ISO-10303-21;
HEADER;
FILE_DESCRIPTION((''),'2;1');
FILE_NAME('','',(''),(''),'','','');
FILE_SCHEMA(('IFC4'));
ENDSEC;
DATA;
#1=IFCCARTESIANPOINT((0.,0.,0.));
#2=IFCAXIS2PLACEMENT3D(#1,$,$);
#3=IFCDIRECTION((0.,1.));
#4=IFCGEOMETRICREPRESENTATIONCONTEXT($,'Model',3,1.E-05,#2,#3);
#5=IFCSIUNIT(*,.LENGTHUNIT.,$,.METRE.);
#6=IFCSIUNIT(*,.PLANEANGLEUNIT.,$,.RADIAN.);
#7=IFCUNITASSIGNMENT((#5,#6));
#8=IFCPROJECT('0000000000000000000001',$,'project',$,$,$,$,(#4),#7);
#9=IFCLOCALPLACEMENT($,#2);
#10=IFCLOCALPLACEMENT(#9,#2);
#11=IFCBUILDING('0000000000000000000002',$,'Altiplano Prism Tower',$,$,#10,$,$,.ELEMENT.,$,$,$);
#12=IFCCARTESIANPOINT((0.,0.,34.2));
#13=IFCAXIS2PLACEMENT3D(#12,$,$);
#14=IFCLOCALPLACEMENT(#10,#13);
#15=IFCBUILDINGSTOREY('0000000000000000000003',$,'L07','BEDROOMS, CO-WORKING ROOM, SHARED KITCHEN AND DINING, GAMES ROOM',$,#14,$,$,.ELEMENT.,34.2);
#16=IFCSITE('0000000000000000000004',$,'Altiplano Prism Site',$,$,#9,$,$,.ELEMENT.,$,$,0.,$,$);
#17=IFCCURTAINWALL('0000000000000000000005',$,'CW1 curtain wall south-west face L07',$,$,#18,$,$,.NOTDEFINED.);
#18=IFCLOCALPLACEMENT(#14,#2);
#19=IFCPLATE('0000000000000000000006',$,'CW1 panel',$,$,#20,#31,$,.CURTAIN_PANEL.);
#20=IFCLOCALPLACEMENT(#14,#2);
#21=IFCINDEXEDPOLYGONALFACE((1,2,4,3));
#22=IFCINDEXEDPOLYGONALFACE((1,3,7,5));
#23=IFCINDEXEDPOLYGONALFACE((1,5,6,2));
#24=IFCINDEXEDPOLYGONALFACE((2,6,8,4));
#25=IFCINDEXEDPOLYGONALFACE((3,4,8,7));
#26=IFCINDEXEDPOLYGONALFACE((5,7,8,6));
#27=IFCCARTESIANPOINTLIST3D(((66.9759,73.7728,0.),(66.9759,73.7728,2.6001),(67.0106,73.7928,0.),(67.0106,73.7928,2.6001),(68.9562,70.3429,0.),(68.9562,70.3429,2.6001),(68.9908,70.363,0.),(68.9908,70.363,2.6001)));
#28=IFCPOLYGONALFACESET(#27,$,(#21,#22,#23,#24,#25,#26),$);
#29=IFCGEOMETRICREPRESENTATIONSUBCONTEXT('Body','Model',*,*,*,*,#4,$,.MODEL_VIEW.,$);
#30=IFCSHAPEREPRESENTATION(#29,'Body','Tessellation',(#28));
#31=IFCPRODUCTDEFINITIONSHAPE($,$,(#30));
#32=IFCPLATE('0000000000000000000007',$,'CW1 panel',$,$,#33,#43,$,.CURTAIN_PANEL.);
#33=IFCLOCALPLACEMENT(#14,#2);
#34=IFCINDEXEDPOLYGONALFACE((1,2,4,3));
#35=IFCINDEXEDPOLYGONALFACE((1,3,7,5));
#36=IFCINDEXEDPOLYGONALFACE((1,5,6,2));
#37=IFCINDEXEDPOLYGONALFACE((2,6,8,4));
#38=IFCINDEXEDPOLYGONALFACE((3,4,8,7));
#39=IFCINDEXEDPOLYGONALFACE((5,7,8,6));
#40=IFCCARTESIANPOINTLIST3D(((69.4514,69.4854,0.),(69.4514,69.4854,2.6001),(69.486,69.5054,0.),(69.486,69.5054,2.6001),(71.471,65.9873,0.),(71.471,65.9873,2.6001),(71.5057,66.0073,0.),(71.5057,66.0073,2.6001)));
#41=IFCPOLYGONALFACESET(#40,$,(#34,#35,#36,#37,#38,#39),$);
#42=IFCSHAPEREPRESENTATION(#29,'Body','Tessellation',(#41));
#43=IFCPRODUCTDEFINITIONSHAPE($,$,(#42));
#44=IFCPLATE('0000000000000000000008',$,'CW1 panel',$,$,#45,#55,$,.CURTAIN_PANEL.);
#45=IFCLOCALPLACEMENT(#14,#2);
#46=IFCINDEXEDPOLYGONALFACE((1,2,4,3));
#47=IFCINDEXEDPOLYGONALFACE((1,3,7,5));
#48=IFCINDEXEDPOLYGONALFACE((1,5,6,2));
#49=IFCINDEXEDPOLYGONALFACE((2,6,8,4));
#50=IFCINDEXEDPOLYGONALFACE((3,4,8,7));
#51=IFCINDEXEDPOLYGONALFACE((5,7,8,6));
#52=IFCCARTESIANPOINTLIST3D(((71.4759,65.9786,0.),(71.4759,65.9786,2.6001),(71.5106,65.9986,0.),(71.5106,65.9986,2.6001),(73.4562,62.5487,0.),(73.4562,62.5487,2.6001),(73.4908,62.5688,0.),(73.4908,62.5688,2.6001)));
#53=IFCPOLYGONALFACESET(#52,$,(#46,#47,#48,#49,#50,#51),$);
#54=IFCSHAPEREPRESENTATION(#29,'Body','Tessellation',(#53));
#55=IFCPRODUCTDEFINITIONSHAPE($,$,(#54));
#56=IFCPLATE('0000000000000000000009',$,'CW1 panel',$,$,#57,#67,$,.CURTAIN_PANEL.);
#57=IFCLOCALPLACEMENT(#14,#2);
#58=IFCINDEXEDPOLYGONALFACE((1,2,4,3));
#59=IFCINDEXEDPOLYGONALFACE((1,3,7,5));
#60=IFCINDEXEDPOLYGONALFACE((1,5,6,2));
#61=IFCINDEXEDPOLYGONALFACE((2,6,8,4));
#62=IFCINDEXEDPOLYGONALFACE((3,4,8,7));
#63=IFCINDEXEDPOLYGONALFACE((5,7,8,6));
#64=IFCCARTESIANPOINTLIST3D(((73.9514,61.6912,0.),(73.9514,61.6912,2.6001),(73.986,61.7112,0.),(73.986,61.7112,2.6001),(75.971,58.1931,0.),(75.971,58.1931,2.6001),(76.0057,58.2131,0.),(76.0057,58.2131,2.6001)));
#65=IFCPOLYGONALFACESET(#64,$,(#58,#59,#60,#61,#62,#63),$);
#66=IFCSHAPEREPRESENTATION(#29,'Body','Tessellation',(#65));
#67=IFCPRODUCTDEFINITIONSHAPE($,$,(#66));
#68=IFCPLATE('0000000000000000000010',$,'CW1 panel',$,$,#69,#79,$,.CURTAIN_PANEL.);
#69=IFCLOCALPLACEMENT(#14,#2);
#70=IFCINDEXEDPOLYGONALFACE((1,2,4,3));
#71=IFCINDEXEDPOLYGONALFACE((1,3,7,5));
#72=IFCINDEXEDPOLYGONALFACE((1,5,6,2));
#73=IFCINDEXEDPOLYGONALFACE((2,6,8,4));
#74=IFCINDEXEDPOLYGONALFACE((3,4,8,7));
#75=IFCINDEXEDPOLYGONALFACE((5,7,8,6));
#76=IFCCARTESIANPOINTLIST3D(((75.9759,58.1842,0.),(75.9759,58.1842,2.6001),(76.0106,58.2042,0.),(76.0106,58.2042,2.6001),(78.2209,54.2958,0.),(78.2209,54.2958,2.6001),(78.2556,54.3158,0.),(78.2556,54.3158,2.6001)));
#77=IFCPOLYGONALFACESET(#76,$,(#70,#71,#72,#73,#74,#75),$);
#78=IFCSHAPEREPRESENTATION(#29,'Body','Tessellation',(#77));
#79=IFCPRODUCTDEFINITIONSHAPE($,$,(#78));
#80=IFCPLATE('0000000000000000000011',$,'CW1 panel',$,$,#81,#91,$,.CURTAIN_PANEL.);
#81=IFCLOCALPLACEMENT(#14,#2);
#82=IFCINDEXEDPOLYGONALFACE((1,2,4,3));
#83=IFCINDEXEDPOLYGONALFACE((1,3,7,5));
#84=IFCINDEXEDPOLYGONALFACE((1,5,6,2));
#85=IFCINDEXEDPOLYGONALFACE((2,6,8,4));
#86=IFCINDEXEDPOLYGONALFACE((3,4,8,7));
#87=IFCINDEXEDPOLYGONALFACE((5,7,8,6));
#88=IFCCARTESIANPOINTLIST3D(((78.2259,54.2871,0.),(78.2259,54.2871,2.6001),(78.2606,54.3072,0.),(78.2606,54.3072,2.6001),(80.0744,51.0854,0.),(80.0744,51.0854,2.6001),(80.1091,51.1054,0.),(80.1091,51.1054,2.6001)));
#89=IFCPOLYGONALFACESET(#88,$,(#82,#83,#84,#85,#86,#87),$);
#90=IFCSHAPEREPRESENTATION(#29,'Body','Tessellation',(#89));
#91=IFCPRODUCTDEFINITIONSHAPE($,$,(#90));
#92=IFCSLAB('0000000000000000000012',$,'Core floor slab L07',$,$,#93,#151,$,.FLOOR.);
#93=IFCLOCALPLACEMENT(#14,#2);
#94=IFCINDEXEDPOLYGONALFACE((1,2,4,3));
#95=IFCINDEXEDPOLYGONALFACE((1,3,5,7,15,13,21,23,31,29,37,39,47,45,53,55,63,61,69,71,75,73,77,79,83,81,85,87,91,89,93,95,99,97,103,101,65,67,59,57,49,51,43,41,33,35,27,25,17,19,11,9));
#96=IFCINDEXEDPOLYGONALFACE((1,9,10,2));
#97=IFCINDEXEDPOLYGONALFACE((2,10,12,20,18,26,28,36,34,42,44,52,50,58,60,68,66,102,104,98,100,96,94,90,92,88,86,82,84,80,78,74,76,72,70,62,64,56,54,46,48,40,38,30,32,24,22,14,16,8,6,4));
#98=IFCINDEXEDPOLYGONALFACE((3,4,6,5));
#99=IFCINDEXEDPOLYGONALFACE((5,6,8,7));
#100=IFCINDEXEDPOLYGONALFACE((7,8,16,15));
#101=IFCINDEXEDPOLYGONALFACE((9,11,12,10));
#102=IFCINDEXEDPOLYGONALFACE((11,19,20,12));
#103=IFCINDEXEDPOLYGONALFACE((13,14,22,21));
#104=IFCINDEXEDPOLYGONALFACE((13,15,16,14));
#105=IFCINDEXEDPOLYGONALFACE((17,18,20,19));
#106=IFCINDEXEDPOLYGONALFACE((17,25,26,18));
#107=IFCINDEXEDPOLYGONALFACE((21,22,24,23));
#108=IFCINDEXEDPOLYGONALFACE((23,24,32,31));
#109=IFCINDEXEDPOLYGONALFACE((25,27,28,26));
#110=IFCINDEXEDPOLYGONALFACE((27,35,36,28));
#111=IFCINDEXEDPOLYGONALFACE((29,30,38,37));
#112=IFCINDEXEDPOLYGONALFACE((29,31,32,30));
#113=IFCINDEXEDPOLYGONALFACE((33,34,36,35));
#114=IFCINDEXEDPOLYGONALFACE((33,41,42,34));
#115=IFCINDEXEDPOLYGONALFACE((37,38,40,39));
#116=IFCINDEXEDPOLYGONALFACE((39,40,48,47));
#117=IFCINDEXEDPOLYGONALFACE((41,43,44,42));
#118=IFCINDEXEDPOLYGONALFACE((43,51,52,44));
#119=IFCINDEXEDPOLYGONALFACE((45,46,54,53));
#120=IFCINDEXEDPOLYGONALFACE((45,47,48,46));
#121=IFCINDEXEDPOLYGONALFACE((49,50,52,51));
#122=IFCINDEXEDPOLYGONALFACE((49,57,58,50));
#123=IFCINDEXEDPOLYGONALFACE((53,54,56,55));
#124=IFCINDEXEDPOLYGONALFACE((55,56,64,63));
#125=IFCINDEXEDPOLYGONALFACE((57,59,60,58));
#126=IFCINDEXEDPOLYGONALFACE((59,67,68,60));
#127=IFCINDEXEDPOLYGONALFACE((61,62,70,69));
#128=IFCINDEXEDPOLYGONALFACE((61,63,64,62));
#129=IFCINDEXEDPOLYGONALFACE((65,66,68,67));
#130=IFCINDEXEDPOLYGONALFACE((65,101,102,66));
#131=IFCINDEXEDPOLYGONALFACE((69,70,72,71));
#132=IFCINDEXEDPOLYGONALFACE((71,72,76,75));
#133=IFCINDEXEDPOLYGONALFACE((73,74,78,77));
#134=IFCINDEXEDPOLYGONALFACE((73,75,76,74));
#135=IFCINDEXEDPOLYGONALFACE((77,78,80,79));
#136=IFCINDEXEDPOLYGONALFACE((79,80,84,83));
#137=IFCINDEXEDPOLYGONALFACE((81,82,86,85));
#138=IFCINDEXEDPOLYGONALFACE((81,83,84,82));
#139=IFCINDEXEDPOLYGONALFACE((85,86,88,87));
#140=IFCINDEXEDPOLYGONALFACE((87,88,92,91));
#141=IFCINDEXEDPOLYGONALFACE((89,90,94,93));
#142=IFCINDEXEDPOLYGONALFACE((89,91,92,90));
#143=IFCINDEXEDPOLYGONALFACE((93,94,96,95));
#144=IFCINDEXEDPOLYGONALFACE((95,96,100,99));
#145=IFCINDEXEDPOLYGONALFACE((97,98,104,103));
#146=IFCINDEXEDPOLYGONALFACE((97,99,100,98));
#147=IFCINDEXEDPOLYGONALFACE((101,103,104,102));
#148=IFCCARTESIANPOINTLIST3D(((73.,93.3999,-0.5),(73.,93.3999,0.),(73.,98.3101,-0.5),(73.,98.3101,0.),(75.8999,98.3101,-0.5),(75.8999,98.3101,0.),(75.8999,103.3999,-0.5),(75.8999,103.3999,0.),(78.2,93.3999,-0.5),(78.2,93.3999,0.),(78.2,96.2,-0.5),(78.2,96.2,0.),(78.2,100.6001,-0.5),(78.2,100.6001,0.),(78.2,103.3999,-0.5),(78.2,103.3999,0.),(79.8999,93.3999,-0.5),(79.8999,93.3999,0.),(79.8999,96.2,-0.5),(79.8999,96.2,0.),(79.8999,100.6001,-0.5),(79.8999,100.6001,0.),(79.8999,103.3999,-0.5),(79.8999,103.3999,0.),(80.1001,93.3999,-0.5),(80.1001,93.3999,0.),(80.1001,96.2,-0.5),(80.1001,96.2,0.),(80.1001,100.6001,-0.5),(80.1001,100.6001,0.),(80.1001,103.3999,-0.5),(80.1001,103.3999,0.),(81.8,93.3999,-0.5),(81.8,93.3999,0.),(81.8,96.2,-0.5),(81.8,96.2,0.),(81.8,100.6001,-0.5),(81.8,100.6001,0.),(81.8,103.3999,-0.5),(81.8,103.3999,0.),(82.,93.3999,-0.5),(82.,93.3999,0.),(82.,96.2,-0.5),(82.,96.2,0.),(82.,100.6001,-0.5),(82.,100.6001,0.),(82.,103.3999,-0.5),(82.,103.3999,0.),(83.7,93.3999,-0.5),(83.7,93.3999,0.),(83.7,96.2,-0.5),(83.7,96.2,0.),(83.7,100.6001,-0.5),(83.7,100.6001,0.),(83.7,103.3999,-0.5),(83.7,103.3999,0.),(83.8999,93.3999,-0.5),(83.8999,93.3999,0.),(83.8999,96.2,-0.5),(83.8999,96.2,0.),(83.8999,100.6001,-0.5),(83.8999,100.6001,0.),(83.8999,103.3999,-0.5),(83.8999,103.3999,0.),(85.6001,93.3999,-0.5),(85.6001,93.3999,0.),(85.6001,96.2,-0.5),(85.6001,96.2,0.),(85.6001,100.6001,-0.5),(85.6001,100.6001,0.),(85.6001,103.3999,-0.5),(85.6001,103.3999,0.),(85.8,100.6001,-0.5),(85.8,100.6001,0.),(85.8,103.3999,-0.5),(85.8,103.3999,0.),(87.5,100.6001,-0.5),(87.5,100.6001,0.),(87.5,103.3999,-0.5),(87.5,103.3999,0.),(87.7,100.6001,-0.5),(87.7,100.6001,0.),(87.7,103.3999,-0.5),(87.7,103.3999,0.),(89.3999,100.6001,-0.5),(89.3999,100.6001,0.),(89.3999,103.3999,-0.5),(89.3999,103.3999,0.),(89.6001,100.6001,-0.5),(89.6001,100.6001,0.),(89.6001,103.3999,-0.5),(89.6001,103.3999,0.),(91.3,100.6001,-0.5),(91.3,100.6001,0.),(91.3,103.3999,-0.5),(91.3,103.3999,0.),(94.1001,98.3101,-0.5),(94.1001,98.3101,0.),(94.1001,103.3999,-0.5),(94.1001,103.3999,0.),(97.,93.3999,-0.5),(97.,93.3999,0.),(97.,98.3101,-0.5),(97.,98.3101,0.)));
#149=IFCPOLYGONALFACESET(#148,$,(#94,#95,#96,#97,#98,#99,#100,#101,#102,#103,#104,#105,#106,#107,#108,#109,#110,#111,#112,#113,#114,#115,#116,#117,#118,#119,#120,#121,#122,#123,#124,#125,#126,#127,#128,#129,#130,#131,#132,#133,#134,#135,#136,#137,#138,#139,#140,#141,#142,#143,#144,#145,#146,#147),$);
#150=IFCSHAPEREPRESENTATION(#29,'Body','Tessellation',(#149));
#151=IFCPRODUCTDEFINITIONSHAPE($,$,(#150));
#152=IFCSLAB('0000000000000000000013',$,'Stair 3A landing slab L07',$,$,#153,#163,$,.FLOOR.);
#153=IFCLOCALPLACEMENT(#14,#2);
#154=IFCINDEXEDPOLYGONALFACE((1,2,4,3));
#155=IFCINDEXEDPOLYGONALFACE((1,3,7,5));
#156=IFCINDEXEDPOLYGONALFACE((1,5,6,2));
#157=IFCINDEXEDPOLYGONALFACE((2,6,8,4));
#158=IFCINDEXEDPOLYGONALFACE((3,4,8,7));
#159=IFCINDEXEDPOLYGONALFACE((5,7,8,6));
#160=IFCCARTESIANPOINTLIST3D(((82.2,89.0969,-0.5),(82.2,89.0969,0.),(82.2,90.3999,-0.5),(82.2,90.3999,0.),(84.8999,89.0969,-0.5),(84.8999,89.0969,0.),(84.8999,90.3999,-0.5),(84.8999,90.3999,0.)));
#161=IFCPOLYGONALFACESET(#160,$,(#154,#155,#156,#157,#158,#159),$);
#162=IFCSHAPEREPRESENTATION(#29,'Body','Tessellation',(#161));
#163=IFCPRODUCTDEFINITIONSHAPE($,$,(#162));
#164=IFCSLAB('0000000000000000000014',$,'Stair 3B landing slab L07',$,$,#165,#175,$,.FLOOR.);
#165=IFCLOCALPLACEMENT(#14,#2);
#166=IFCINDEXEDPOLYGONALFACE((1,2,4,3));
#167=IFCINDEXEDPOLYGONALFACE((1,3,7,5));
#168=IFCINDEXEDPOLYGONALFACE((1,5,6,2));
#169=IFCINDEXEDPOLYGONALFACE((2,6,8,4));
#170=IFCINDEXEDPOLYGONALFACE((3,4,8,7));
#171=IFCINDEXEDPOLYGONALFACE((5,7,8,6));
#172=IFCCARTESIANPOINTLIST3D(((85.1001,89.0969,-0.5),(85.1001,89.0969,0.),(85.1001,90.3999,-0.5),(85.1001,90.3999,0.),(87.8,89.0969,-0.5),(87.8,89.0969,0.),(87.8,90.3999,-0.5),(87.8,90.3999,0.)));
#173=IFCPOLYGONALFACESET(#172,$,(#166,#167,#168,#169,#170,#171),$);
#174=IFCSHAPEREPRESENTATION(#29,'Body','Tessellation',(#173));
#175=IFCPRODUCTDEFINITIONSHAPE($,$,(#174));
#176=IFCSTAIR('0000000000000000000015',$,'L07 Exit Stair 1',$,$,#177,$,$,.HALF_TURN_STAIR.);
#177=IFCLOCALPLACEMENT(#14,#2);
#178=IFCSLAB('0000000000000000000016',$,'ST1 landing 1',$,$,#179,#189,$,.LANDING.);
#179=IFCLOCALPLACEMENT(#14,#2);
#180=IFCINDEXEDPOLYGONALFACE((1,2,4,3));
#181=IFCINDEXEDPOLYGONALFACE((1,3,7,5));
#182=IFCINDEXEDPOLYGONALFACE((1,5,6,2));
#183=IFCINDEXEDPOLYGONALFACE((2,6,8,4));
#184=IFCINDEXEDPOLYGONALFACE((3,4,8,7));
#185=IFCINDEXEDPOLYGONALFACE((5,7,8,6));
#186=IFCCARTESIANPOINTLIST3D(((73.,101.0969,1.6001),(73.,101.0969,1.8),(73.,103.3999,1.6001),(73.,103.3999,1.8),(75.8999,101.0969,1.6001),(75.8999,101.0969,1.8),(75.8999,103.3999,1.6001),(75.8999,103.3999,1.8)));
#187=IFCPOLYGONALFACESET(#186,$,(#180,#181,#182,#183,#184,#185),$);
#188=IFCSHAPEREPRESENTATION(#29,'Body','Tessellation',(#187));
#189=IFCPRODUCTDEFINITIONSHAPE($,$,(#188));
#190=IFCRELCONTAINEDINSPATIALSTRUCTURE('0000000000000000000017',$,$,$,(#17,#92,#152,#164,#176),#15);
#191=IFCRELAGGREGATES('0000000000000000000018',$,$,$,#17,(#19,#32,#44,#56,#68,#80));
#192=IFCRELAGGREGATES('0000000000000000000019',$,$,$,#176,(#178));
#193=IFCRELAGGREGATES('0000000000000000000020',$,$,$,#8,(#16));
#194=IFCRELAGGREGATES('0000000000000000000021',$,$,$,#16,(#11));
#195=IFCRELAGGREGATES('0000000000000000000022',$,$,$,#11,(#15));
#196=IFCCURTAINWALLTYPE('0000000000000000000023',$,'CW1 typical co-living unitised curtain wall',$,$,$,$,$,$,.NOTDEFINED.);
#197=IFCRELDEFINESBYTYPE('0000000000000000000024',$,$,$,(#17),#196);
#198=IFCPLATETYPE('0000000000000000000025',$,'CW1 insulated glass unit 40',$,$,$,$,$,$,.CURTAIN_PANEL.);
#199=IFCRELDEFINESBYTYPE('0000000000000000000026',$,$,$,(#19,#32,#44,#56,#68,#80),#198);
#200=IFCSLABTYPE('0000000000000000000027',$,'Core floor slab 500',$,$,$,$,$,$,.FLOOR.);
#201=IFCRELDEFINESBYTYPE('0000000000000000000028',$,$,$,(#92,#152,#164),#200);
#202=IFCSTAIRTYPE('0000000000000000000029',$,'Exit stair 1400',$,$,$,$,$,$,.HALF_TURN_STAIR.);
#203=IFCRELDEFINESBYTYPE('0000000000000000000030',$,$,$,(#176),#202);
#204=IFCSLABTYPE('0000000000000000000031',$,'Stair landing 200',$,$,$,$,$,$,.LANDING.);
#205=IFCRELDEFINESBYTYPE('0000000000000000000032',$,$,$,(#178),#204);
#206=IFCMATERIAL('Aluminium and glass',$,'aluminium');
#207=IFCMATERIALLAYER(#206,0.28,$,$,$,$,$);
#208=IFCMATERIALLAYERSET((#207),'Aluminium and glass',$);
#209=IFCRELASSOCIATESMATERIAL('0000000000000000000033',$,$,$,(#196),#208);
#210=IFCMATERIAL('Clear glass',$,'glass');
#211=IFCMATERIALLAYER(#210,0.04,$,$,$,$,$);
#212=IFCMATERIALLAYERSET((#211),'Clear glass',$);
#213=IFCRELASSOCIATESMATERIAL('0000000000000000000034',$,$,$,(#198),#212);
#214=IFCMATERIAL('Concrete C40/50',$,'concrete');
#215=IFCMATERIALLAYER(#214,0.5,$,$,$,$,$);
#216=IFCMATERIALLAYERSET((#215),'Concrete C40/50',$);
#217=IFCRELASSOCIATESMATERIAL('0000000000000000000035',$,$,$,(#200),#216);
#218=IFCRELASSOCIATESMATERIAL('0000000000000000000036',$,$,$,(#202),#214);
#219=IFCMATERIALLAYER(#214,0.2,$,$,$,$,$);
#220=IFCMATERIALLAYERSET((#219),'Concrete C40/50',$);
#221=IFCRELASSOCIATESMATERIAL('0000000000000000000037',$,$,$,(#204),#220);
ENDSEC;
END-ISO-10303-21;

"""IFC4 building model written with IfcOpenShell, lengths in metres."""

from ifc_helpers import new_model, si_unit, direction, frame, origin, origin_2d, place, context, subcontext, project, spatial, polyline, rectangle, outline, extrude, material, layer, layer_set, type_object, element, aggregate, save


model = new_model("IFC4")

# Units and contexts
model_context = context("Model", 3, precision=1e-05, world=origin(), true_north=direction((0.0, 1.0)))
body_context = subcontext(model_context, "Body", "Model", "MODEL_VIEW")
ifc_project = project(units=[si_unit("LENGTHUNIT", "METRE"), si_unit("PLANEANGLEUNIT", "RADIAN")], contexts=[model_context])

# Site, building, storey
site_placement = place(None, origin())
site = spatial("IfcSite", under=ifc_project, at=site_placement, Name="Altiplano Prism Site", CompositionType="ELEMENT", RefElevation=0.0)
building_placement = place(site_placement, origin())
building = spatial("IfcBuilding", under=site, at=building_placement, Name="Altiplano Prism Tower", CompositionType="ELEMENT")
storey_placement = place(building_placement, frame((0.0, 0.0, 34.2)))
storey = spatial("IfcBuildingStorey", under=building, at=storey_placement, Name="L07", Description="BEDROOMS, CO-WORKING ROOM, SHARED KITCHEN AND DINING, GAMES ROOM", CompositionType="ELEMENT", Elevation=34.2)

# Curtain wall
ifc_material_1 = material(Name="Aluminium and glass", Category="aluminium")
ifc_layer_1 = layer(ifc_material_1, 0.28)
ifc_layer_set_1 = layer_set([ifc_layer_1], Name="Aluminium and glass")
curtain_wall_type = type_object("IfcCurtainWallType", Name="CW1 typical co-living unitised curtain wall", PredefinedType="NOTDEFINED", material=ifc_layer_set_1)
curtain_wall_placement = place(storey_placement, origin())
curtain_wall = element("IfcCurtainWall", 1, at=curtain_wall_placement, inside=storey, type_object=curtain_wall_type, Name="CW1 curtain wall south-west face L07", PredefinedType="NOTDEFINED")

# Plates
ifc_material_2 = material(Name="Clear glass", Category="glass")
ifc_layer_2 = layer(ifc_material_2, 0.04)
ifc_layer_set_2 = layer_set([ifc_layer_2], Name="Clear glass")
plate_type = type_object("IfcPlateType", Name="CW1 insulated glass unit 40", PredefinedType="CURTAIN_PANEL", material=ifc_layer_set_2)
plate_1_placement = place(storey_placement, frame((67.9834, 72.0679, 0.0), z_axis=(0.0, 0.0, 1.0), x_axis=(0.5, -0.866025, 0.0)))
plate_1 = element("IfcPlate", 2, at=plate_1_placement, type_object=plate_type, Name="CW1 panel", PredefinedType="CURTAIN_PANEL", context=body_context, shape_type="SweptSolid", body=[
    extrude(rectangle(XDim=3.9604, YDim=0.04, at=origin_2d()), origin(), (0.0, 0.0, 1.0), 2.6001),
])
plate_2_placement = place(storey_placement, frame((70.4785, 67.7463, 0.0), z_axis=(0.0, 0.0, 1.0), x_axis=(0.5, -0.866025, 0.0)))
plate_2 = element("IfcPlate", 3, at=plate_2_placement, type_object=plate_type, Name="CW1 panel", PredefinedType="CURTAIN_PANEL", context=body_context, shape_type="SweptSolid", body=[
    extrude(rectangle(XDim=4.0393, YDim=0.04, at=origin_2d()), origin(), (0.0, 0.0, 1.0), 2.6001),
])
plate_3_placement = place(storey_placement, frame((72.4834, 64.2737, 0.0), z_axis=(0.0, 0.0, 1.0), x_axis=(0.5, -0.866025, 0.0)))
plate_3 = element("IfcPlate", 4, at=plate_3_placement, type_object=plate_type, Name="CW1 panel", PredefinedType="CURTAIN_PANEL", context=body_context, shape_type="SweptSolid", body=[
    extrude(rectangle(XDim=3.9604, YDim=0.04, at=origin_2d()), origin(), (0.0, 0.0, 1.0), 2.6001),
])
plate_4_placement = place(storey_placement, frame((74.9785, 59.9521, 0.0), z_axis=(0.0, 0.0, 1.0), x_axis=(0.5, -0.866025, 0.0)))
plate_4 = element("IfcPlate", 5, at=plate_4_placement, type_object=plate_type, Name="CW1 panel", PredefinedType="CURTAIN_PANEL", context=body_context, shape_type="SweptSolid", body=[
    extrude(rectangle(XDim=4.0393, YDim=0.04, at=origin_2d()), origin(), (0.0, 0.0, 1.0), 2.6001),
])
plate_5_placement = place(storey_placement, frame((77.1157, 56.25, 0.0), z_axis=(0.0, 0.0, 1.0), x_axis=(0.5, -0.866025, 0.0)))
plate_5 = element("IfcPlate", 6, at=plate_5_placement, type_object=plate_type, Name="CW1 panel", PredefinedType="CURTAIN_PANEL", context=body_context, shape_type="SweptSolid", body=[
    extrude(rectangle(XDim=4.49, YDim=0.04, at=origin_2d()), origin(), (0.0, 0.0, 1.0), 2.6001),
])
plate_6_placement = place(storey_placement, frame((79.1675, 52.6963, 0.0), z_axis=(0.0, 0.0, 1.0), x_axis=(0.5, -0.866025, 0.0)))
plate_6 = element("IfcPlate", 7, at=plate_6_placement, type_object=plate_type, Name="CW1 panel", PredefinedType="CURTAIN_PANEL", context=body_context, shape_type="SweptSolid", body=[
    extrude(rectangle(XDim=3.697, YDim=0.04, at=origin_2d()), origin(), (0.0, 0.0, 1.0), 2.6001),
])
aggregate(curtain_wall, [plate_1, plate_2, plate_3, plate_4, plate_5, plate_6])

# Slabs
ifc_material_3 = material(Name="Concrete C40/50", Category="concrete")
ifc_layer_3 = layer(ifc_material_3, 0.5)
ifc_layer_set_3 = layer_set([ifc_layer_3], Name="Concrete C40/50")
slab_type_1 = type_object("IfcSlabType", Name="Core floor slab 500", PredefinedType="FLOOR", material=ifc_layer_set_3)
slab_1_placement = place(storey_placement, frame((0.0, 0.0, -0.5)))
element("IfcSlab", 8, at=slab_1_placement, inside=storey, type_object=slab_type_1, Name="Core floor slab L07", PredefinedType="FLOOR", context=body_context, shape_type="SweptSolid", body=[
    extrude(outline(polyline([(97.0, 98.3101), (94.1001, 98.3101), (94.1001, 103.3999), (91.3, 103.3999), (91.3, 100.6001), (89.6001, 100.6001), (89.6001, 103.3999), (89.3999, 103.3999), (89.3999, 100.6001), (87.7, 100.6001), (87.7, 103.3999), (87.5, 103.3999), (87.5, 100.6001), (85.8, 100.6001), (85.8, 103.3999), (85.6001, 103.3999), (85.6001, 100.6001), (83.8999, 100.6001), (83.8999, 103.3999), (83.7, 103.3999), (83.7, 100.6001), (82.0, 100.6001), (82.0, 103.3999), (81.8, 103.3999), (81.8, 100.6001), (80.1001, 100.6001), (80.1001, 103.3999), (79.8999, 103.3999), (79.8999, 100.6001), (78.2, 100.6001), (78.2, 103.3999), (75.8999, 103.3999), (75.8999, 98.3101), (73.0, 98.3101), (73.0, 93.3999), (78.2, 93.3999), (78.2, 96.2), (79.8999, 96.2), (79.8999, 93.3999), (80.1001, 93.3999), (80.1001, 96.2), (81.8, 96.2), (81.8, 93.3999), (82.0, 93.3999), (82.0, 96.2), (83.7, 96.2), (83.7, 93.3999), (83.8999, 93.3999), (83.8999, 96.2), (85.6001, 96.2), (85.6001, 93.3999), (97.0, 93.3999), (97.0, 98.3101)])), origin(), (0.0, 0.0, 1.0), 0.5),
])
slab_2_placement = place(storey_placement, frame((0.0, 0.0, -0.5)))
element("IfcSlab", 9, at=slab_2_placement, inside=storey, type_object=slab_type_1, Name="Stair 3A landing slab L07", PredefinedType="FLOOR", context=body_context, shape_type="SweptSolid", body=[
    extrude(outline(polyline([(82.2, 89.0969), (84.8999, 89.0969), (84.8999, 90.3999), (82.2, 90.3999), (82.2, 89.0969)])), origin(), (0.0, 0.0, 1.0), 0.5),
])
slab_3_placement = place(storey_placement, frame((0.0, 0.0, -0.5)))
element("IfcSlab", 10, at=slab_3_placement, inside=storey, type_object=slab_type_1, Name="Stair 3B landing slab L07", PredefinedType="FLOOR", context=body_context, shape_type="SweptSolid", body=[
    extrude(outline(polyline([(85.1001, 89.0969), (87.8, 89.0969), (87.8, 90.3999), (85.1001, 90.3999), (85.1001, 89.0969)])), origin(), (0.0, 0.0, 1.0), 0.5),
])

# Stair, slab
stair_type_1 = type_object("IfcStairType", Name="Exit stair 1400", PredefinedType="HALF_TURN_STAIR", material=ifc_material_3)
stair_1_placement = place(storey_placement, origin())
stair_1 = element("IfcStair", 11, at=stair_1_placement, inside=storey, type_object=stair_type_1, Name="L07 Exit Stair 1", PredefinedType="HALF_TURN_STAIR")
ifc_layer_4 = layer(ifc_material_3, 0.2)
ifc_layer_set_4 = layer_set([ifc_layer_4], Name="Concrete C40/50")
slab_type_2 = type_object("IfcSlabType", Name="Stair landing 200", PredefinedType="LANDING", material=ifc_layer_set_4)
slab_4_placement = place(storey_placement, frame((0.0, 0.0, 1.6001)))
slab_4 = element("IfcSlab", 12, at=slab_4_placement, type_object=slab_type_2, Name="ST1 landing 1", PredefinedType="LANDING", context=body_context, shape_type="SweptSolid", body=[
    extrude(outline(polyline([(75.8999, 101.0969), (75.8999, 103.3999), (73.0, 103.3999), (73.0, 101.0969), (75.8999, 101.0969)])), origin(), (0.0, 0.0, 1.0), 0.2),
])
aggregate(stair_1, [slab_4])

save(model, "model.ifc")
